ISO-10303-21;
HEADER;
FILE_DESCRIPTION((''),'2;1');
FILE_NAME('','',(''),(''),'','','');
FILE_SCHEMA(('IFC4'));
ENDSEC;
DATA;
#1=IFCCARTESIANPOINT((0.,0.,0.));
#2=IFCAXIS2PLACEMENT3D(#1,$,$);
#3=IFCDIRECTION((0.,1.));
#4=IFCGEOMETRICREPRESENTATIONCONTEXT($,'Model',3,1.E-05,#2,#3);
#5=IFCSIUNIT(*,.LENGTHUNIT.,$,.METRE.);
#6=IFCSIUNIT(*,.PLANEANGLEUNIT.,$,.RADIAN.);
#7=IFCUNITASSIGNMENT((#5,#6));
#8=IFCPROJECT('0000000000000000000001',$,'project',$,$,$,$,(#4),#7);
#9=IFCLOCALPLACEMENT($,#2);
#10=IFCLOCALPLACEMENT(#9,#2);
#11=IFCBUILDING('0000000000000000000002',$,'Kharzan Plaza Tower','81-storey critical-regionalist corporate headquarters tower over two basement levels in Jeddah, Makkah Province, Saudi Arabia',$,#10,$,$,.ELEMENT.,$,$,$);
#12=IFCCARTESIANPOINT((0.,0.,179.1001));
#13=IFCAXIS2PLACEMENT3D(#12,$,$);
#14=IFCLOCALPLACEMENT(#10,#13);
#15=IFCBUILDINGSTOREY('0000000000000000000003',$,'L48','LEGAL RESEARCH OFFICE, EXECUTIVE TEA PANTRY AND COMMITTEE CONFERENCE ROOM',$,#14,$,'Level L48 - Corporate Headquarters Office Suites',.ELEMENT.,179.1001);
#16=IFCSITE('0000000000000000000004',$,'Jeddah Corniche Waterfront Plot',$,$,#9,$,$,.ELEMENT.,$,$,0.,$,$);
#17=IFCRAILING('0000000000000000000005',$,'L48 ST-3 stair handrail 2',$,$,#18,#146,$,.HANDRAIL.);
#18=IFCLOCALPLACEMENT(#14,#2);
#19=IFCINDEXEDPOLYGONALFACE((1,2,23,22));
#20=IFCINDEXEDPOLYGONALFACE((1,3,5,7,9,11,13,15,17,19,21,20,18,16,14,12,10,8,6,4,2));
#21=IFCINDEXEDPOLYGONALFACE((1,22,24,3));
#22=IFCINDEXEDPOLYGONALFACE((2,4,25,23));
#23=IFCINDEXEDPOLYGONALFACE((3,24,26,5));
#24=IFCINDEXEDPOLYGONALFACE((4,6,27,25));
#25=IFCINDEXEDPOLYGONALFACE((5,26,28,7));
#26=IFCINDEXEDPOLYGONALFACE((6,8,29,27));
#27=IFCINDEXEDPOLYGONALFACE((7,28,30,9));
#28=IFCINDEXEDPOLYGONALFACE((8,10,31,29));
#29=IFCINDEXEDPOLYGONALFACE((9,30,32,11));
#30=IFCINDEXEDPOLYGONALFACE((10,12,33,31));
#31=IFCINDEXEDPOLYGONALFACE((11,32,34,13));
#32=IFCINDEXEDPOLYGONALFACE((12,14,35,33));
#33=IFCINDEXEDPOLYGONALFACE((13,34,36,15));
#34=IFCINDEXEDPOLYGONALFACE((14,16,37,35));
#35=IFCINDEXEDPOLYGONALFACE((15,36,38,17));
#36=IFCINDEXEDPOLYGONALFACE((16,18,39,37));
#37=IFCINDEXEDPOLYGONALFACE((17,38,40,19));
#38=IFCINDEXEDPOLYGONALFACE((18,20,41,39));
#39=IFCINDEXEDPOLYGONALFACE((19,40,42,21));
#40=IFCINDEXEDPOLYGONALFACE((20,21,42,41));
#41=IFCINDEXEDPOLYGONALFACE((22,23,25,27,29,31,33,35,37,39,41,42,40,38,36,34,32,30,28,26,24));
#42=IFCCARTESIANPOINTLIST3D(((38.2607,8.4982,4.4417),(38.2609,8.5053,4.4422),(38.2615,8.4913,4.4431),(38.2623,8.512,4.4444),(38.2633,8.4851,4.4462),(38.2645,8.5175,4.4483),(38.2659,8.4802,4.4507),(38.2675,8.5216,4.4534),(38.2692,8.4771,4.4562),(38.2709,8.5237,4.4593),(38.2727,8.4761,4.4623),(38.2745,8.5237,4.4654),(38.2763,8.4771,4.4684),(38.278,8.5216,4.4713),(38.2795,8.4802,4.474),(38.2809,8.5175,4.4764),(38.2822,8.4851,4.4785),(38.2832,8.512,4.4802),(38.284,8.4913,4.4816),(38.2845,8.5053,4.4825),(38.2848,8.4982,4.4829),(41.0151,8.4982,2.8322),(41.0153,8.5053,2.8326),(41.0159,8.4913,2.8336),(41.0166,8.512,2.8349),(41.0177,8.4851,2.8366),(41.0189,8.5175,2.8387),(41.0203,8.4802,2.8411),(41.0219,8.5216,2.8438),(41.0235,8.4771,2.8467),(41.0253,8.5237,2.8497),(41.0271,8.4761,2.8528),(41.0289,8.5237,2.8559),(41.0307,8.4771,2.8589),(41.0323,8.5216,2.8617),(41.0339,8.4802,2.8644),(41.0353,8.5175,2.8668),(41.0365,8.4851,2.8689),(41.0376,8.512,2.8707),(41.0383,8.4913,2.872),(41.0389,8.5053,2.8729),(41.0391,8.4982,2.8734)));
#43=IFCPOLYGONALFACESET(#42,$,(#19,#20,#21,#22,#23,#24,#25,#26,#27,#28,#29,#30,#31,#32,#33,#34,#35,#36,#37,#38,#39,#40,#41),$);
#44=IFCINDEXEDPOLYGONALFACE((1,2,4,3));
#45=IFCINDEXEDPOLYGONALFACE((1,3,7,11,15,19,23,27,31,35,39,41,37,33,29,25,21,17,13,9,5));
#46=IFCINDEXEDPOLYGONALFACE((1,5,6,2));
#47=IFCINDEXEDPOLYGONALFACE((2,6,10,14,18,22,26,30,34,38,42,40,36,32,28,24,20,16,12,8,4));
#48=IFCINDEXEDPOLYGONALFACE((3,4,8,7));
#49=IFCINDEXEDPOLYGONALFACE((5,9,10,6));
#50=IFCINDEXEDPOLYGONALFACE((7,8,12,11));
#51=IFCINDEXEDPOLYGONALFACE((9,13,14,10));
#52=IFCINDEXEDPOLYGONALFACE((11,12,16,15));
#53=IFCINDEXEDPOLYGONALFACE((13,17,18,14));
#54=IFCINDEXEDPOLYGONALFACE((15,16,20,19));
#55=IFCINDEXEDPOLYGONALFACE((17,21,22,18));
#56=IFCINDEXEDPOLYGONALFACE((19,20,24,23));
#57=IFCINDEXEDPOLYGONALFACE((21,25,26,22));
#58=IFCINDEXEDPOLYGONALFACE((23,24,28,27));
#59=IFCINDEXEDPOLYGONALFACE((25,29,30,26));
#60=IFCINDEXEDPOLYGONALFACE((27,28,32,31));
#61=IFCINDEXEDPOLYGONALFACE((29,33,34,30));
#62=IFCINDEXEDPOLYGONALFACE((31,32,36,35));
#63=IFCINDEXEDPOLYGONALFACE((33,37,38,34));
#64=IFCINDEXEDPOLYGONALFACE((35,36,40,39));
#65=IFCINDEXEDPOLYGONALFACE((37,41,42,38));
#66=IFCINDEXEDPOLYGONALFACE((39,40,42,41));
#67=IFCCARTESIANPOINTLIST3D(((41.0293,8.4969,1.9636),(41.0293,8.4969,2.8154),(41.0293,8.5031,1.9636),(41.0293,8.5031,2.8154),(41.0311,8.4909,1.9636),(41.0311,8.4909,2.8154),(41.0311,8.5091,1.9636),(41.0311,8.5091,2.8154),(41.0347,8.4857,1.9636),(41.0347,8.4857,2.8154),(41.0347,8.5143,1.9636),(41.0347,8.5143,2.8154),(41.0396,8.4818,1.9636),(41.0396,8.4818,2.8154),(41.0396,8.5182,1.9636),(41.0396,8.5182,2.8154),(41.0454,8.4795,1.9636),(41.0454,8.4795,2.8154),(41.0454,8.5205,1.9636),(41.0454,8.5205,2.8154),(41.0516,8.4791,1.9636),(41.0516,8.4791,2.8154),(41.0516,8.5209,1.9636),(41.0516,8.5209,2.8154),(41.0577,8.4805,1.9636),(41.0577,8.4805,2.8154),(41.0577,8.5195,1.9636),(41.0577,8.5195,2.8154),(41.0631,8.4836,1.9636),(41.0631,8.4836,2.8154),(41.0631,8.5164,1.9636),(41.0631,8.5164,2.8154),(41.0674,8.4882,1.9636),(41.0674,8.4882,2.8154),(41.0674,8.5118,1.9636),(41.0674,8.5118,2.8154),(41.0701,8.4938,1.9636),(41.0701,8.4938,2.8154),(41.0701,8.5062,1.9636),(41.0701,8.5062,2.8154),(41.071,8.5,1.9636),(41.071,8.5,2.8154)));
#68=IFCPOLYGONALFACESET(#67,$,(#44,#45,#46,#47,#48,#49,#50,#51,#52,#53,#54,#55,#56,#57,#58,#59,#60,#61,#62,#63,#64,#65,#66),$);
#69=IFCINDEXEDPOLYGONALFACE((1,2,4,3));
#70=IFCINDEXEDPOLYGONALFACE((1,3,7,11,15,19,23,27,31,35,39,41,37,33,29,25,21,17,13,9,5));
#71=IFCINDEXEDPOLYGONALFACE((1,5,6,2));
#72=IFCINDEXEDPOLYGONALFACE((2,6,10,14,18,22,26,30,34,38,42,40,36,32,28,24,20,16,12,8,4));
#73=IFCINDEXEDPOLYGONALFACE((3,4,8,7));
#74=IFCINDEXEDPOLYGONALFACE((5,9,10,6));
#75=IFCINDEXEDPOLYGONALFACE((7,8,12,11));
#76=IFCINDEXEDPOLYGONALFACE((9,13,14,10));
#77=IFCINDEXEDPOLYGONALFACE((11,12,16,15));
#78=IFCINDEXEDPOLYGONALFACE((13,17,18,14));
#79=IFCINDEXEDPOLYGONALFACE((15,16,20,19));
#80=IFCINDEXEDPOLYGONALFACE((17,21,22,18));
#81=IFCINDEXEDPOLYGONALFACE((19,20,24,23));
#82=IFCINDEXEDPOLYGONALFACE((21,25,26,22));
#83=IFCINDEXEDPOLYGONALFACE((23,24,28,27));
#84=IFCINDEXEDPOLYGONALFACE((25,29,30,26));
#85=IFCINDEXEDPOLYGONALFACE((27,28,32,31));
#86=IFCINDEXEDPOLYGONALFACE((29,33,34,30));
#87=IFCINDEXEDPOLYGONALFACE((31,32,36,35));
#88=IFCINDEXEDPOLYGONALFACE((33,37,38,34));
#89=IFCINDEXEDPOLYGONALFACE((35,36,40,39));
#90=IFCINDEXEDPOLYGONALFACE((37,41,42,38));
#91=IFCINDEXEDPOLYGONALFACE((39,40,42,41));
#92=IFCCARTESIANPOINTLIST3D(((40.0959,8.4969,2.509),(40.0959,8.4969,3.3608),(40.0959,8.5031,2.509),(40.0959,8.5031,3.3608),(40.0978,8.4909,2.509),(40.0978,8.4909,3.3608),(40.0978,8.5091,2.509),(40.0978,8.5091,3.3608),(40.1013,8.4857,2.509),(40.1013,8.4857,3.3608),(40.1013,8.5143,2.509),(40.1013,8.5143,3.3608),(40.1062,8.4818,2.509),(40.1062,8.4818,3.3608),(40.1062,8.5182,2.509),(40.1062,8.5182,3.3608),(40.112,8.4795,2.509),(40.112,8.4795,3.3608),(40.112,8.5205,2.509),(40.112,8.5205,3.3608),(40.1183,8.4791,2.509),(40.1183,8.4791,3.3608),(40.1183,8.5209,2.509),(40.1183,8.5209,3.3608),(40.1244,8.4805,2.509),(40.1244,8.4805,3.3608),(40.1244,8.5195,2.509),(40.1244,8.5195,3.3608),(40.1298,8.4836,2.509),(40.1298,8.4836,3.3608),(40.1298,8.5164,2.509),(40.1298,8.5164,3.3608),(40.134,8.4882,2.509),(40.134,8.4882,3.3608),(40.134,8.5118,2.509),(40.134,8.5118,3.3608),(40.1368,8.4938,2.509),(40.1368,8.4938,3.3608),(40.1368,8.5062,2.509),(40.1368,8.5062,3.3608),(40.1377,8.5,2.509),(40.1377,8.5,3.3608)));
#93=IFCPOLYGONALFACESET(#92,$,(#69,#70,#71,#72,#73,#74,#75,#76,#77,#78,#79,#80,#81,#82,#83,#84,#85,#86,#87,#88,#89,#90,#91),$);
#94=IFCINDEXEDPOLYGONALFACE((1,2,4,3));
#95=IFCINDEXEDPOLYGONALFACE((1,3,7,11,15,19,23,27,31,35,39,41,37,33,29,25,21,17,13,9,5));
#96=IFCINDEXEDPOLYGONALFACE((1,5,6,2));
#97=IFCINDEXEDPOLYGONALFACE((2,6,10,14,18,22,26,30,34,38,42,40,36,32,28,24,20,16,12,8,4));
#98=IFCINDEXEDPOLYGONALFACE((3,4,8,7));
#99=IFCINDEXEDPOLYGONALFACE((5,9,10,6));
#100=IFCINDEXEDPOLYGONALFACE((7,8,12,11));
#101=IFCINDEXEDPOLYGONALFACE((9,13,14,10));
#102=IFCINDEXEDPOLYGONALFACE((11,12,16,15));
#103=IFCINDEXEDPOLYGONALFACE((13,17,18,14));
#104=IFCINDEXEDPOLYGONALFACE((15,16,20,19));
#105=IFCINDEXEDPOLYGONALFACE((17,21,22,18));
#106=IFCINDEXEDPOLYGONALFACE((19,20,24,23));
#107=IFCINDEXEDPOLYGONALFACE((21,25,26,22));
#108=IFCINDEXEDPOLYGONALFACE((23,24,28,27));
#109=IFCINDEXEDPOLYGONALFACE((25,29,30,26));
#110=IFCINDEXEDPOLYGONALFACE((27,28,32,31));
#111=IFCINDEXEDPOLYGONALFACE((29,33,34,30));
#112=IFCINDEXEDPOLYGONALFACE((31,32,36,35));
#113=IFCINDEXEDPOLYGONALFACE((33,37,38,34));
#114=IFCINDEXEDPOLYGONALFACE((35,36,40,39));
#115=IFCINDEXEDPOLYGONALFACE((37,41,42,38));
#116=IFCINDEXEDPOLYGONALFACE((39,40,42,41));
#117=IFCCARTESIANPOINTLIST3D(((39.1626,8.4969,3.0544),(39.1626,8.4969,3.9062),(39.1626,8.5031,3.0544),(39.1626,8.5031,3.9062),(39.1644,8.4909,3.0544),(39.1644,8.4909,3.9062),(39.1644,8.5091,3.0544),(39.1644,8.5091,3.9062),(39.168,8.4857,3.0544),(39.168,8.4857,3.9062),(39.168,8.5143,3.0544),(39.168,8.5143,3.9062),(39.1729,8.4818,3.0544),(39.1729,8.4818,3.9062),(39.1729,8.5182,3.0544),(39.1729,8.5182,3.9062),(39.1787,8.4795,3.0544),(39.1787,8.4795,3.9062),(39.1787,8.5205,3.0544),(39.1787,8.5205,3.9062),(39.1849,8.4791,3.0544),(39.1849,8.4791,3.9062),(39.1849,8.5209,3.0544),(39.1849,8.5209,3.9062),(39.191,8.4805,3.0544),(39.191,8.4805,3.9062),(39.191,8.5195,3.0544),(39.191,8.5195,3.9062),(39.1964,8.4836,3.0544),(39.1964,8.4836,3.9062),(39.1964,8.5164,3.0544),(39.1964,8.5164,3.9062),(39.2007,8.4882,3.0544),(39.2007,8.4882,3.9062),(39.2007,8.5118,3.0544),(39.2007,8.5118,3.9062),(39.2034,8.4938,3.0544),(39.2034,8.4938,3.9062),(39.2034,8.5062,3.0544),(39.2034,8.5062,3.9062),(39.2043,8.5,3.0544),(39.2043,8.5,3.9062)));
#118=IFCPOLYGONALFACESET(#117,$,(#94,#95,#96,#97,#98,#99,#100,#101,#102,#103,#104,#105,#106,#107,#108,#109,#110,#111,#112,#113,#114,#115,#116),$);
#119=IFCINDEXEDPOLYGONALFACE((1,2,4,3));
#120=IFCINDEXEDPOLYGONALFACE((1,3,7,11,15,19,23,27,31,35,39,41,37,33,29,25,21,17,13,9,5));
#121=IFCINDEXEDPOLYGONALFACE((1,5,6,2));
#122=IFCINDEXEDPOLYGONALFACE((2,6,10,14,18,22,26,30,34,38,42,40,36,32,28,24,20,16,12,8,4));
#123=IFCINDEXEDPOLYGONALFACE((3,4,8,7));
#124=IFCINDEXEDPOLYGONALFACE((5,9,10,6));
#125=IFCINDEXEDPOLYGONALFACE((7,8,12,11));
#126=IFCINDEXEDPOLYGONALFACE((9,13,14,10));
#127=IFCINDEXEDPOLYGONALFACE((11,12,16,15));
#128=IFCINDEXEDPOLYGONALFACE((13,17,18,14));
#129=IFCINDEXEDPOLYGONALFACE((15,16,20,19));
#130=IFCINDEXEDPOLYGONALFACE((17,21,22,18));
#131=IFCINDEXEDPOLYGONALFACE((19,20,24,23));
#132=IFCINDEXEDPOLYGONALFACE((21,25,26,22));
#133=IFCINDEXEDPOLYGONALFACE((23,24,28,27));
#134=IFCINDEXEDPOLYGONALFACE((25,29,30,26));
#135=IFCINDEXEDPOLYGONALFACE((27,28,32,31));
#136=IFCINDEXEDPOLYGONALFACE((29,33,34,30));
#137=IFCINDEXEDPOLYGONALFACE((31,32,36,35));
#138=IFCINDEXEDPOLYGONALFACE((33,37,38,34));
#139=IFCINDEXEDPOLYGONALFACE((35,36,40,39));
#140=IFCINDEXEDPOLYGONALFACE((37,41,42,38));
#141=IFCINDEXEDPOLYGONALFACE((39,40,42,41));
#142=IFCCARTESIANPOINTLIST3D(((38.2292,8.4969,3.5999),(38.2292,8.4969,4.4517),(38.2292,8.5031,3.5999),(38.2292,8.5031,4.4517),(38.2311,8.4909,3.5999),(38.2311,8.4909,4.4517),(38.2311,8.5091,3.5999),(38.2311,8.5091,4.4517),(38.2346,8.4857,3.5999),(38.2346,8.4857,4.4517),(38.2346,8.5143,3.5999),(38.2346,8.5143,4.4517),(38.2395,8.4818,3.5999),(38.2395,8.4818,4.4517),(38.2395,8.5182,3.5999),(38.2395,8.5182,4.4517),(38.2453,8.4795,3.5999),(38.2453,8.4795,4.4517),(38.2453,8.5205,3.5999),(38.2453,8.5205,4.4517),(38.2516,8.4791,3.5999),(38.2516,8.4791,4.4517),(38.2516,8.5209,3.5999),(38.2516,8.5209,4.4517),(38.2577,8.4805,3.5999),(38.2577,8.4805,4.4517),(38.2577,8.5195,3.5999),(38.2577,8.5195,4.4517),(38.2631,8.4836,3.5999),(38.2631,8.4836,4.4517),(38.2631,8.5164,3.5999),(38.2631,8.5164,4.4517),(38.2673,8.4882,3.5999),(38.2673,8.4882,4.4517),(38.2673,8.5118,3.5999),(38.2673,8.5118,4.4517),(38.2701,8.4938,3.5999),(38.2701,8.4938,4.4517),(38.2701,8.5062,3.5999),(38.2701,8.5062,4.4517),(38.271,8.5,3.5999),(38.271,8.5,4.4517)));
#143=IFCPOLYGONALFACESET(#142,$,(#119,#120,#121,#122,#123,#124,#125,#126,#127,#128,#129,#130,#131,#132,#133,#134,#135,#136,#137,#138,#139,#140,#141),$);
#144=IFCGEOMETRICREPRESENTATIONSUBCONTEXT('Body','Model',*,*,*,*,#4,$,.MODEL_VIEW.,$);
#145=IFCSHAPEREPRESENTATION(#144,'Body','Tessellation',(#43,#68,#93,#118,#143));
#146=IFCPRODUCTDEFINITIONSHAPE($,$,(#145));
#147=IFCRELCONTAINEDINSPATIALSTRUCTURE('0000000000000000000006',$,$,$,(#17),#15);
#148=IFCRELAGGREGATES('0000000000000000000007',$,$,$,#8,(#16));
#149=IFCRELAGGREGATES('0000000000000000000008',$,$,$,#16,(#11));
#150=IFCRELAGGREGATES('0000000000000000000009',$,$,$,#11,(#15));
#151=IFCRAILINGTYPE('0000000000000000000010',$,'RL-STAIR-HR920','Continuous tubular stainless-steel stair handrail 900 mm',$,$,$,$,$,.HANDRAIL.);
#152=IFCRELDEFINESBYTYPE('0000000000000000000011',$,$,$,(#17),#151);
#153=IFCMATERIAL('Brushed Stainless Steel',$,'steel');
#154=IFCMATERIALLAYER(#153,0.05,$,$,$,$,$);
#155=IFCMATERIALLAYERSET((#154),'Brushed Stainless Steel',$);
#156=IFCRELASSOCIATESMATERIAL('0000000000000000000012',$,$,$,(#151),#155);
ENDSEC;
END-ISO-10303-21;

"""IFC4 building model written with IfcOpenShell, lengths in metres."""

from ifc_helpers import new_model, si_unit, direction, frame, origin, origin_2d, place, context, subcontext, project, spatial, circle, extrude, source, transform, mapped, material, layer, layer_set, type_object, element, save


model = new_model("IFC4")

# Units and contexts
model_context = context("Model", 3, precision=1e-05, world=origin(), true_north=direction((0.0, 1.0)))
body_context = subcontext(model_context, "Body", "Model", "MODEL_VIEW")
ifc_project = project(units=[si_unit("LENGTHUNIT", "METRE"), si_unit("PLANEANGLEUNIT", "RADIAN")], contexts=[model_context])

# Site, building, storey
site_placement = place(None, origin())
site = spatial("IfcSite", under=ifc_project, at=site_placement, Name="Jeddah Corniche Waterfront Plot", CompositionType="ELEMENT", RefElevation=0.0)
building_placement = place(site_placement, origin())
building = spatial("IfcBuilding", under=site, at=building_placement, Name="Kharzan Plaza Tower", Description="81-storey critical-regionalist corporate headquarters tower over two basement levels in Jeddah, Makkah Province, Saudi Arabia", CompositionType="ELEMENT")
storey_placement = place(building_placement, frame((0.0, 0.0, 179.1001)))
storey = spatial("IfcBuildingStorey", under=building, at=storey_placement, Name="L48", Description="LEGAL RESEARCH OFFICE, EXECUTIVE TEA PANTRY AND COMMITTEE CONFERENCE ROOM", LongName="Level L48 - Corporate Headquarters Office Suites", CompositionType="ELEMENT", Elevation=179.1001)

# Shared definitions
ifc_material_1 = material(Name="Brushed Stainless Steel", Category="steel")

# Railing
ifc_layer_1 = layer(ifc_material_1, 0.05)
ifc_layer_set_1 = layer_set([ifc_layer_1], Name="Brushed Stainless Steel")
railing_type_1 = type_object("IfcRailingType", Name="RL-STAIR-HR920", Description="Continuous tubular stainless-steel stair handrail 900 mm", PredefinedType="HANDRAIL", material=ifc_layer_set_1)
shared_shape_1 = source(origin(), body_context, "Body", "SweptSolid", [
    extrude(circle(Radius=0.0239, at=origin_2d()), frame((-0.0229, 0.0, 0.8892), z_axis=(-0.863394, 0.0, 0.504531), x_axis=(0.0, -1.0, 0.0)), (0.0, 0.0, 1.0), 3.1902),
    extrude(circle(Radius=0.021, at=origin_2d()), origin(), (0.0, 0.0, 1.0), 0.8518),
    extrude(circle(Radius=0.021, at=origin_2d()), frame((-0.9333, 0.0, 0.5454)), (0.0, 0.0, 1.0), 0.8518),
    extrude(circle(Radius=0.021, at=origin_2d()), frame((-1.8667, 0.0, 1.0908)), (0.0, 0.0, 1.0), 0.8518),
    extrude(circle(Radius=0.021, at=origin_2d()), frame((-2.8, 0.0, 1.6362)), (0.0, 0.0, 1.0), 0.8518),
])
railing_1_placement = place(storey_placement, frame((41.05, 8.5, 1.9636)))
element("IfcRailing", 1, at=railing_1_placement, inside=storey, type_object=railing_type_1, Name="L48 ST-3 stair handrail 2", PredefinedType="HANDRAIL", context=body_context, shape_type="MappedRepresentation", body=[
    mapped(shared_shape_1, transform((0.0, 0.0, 0.0), x_axis=(1.0, 0.0, 0.0), y_axis=(0.0, 1.0, 0.0), z_axis=(0.0, 0.0, 1.0))),
])

save(model, "model.ifc")
